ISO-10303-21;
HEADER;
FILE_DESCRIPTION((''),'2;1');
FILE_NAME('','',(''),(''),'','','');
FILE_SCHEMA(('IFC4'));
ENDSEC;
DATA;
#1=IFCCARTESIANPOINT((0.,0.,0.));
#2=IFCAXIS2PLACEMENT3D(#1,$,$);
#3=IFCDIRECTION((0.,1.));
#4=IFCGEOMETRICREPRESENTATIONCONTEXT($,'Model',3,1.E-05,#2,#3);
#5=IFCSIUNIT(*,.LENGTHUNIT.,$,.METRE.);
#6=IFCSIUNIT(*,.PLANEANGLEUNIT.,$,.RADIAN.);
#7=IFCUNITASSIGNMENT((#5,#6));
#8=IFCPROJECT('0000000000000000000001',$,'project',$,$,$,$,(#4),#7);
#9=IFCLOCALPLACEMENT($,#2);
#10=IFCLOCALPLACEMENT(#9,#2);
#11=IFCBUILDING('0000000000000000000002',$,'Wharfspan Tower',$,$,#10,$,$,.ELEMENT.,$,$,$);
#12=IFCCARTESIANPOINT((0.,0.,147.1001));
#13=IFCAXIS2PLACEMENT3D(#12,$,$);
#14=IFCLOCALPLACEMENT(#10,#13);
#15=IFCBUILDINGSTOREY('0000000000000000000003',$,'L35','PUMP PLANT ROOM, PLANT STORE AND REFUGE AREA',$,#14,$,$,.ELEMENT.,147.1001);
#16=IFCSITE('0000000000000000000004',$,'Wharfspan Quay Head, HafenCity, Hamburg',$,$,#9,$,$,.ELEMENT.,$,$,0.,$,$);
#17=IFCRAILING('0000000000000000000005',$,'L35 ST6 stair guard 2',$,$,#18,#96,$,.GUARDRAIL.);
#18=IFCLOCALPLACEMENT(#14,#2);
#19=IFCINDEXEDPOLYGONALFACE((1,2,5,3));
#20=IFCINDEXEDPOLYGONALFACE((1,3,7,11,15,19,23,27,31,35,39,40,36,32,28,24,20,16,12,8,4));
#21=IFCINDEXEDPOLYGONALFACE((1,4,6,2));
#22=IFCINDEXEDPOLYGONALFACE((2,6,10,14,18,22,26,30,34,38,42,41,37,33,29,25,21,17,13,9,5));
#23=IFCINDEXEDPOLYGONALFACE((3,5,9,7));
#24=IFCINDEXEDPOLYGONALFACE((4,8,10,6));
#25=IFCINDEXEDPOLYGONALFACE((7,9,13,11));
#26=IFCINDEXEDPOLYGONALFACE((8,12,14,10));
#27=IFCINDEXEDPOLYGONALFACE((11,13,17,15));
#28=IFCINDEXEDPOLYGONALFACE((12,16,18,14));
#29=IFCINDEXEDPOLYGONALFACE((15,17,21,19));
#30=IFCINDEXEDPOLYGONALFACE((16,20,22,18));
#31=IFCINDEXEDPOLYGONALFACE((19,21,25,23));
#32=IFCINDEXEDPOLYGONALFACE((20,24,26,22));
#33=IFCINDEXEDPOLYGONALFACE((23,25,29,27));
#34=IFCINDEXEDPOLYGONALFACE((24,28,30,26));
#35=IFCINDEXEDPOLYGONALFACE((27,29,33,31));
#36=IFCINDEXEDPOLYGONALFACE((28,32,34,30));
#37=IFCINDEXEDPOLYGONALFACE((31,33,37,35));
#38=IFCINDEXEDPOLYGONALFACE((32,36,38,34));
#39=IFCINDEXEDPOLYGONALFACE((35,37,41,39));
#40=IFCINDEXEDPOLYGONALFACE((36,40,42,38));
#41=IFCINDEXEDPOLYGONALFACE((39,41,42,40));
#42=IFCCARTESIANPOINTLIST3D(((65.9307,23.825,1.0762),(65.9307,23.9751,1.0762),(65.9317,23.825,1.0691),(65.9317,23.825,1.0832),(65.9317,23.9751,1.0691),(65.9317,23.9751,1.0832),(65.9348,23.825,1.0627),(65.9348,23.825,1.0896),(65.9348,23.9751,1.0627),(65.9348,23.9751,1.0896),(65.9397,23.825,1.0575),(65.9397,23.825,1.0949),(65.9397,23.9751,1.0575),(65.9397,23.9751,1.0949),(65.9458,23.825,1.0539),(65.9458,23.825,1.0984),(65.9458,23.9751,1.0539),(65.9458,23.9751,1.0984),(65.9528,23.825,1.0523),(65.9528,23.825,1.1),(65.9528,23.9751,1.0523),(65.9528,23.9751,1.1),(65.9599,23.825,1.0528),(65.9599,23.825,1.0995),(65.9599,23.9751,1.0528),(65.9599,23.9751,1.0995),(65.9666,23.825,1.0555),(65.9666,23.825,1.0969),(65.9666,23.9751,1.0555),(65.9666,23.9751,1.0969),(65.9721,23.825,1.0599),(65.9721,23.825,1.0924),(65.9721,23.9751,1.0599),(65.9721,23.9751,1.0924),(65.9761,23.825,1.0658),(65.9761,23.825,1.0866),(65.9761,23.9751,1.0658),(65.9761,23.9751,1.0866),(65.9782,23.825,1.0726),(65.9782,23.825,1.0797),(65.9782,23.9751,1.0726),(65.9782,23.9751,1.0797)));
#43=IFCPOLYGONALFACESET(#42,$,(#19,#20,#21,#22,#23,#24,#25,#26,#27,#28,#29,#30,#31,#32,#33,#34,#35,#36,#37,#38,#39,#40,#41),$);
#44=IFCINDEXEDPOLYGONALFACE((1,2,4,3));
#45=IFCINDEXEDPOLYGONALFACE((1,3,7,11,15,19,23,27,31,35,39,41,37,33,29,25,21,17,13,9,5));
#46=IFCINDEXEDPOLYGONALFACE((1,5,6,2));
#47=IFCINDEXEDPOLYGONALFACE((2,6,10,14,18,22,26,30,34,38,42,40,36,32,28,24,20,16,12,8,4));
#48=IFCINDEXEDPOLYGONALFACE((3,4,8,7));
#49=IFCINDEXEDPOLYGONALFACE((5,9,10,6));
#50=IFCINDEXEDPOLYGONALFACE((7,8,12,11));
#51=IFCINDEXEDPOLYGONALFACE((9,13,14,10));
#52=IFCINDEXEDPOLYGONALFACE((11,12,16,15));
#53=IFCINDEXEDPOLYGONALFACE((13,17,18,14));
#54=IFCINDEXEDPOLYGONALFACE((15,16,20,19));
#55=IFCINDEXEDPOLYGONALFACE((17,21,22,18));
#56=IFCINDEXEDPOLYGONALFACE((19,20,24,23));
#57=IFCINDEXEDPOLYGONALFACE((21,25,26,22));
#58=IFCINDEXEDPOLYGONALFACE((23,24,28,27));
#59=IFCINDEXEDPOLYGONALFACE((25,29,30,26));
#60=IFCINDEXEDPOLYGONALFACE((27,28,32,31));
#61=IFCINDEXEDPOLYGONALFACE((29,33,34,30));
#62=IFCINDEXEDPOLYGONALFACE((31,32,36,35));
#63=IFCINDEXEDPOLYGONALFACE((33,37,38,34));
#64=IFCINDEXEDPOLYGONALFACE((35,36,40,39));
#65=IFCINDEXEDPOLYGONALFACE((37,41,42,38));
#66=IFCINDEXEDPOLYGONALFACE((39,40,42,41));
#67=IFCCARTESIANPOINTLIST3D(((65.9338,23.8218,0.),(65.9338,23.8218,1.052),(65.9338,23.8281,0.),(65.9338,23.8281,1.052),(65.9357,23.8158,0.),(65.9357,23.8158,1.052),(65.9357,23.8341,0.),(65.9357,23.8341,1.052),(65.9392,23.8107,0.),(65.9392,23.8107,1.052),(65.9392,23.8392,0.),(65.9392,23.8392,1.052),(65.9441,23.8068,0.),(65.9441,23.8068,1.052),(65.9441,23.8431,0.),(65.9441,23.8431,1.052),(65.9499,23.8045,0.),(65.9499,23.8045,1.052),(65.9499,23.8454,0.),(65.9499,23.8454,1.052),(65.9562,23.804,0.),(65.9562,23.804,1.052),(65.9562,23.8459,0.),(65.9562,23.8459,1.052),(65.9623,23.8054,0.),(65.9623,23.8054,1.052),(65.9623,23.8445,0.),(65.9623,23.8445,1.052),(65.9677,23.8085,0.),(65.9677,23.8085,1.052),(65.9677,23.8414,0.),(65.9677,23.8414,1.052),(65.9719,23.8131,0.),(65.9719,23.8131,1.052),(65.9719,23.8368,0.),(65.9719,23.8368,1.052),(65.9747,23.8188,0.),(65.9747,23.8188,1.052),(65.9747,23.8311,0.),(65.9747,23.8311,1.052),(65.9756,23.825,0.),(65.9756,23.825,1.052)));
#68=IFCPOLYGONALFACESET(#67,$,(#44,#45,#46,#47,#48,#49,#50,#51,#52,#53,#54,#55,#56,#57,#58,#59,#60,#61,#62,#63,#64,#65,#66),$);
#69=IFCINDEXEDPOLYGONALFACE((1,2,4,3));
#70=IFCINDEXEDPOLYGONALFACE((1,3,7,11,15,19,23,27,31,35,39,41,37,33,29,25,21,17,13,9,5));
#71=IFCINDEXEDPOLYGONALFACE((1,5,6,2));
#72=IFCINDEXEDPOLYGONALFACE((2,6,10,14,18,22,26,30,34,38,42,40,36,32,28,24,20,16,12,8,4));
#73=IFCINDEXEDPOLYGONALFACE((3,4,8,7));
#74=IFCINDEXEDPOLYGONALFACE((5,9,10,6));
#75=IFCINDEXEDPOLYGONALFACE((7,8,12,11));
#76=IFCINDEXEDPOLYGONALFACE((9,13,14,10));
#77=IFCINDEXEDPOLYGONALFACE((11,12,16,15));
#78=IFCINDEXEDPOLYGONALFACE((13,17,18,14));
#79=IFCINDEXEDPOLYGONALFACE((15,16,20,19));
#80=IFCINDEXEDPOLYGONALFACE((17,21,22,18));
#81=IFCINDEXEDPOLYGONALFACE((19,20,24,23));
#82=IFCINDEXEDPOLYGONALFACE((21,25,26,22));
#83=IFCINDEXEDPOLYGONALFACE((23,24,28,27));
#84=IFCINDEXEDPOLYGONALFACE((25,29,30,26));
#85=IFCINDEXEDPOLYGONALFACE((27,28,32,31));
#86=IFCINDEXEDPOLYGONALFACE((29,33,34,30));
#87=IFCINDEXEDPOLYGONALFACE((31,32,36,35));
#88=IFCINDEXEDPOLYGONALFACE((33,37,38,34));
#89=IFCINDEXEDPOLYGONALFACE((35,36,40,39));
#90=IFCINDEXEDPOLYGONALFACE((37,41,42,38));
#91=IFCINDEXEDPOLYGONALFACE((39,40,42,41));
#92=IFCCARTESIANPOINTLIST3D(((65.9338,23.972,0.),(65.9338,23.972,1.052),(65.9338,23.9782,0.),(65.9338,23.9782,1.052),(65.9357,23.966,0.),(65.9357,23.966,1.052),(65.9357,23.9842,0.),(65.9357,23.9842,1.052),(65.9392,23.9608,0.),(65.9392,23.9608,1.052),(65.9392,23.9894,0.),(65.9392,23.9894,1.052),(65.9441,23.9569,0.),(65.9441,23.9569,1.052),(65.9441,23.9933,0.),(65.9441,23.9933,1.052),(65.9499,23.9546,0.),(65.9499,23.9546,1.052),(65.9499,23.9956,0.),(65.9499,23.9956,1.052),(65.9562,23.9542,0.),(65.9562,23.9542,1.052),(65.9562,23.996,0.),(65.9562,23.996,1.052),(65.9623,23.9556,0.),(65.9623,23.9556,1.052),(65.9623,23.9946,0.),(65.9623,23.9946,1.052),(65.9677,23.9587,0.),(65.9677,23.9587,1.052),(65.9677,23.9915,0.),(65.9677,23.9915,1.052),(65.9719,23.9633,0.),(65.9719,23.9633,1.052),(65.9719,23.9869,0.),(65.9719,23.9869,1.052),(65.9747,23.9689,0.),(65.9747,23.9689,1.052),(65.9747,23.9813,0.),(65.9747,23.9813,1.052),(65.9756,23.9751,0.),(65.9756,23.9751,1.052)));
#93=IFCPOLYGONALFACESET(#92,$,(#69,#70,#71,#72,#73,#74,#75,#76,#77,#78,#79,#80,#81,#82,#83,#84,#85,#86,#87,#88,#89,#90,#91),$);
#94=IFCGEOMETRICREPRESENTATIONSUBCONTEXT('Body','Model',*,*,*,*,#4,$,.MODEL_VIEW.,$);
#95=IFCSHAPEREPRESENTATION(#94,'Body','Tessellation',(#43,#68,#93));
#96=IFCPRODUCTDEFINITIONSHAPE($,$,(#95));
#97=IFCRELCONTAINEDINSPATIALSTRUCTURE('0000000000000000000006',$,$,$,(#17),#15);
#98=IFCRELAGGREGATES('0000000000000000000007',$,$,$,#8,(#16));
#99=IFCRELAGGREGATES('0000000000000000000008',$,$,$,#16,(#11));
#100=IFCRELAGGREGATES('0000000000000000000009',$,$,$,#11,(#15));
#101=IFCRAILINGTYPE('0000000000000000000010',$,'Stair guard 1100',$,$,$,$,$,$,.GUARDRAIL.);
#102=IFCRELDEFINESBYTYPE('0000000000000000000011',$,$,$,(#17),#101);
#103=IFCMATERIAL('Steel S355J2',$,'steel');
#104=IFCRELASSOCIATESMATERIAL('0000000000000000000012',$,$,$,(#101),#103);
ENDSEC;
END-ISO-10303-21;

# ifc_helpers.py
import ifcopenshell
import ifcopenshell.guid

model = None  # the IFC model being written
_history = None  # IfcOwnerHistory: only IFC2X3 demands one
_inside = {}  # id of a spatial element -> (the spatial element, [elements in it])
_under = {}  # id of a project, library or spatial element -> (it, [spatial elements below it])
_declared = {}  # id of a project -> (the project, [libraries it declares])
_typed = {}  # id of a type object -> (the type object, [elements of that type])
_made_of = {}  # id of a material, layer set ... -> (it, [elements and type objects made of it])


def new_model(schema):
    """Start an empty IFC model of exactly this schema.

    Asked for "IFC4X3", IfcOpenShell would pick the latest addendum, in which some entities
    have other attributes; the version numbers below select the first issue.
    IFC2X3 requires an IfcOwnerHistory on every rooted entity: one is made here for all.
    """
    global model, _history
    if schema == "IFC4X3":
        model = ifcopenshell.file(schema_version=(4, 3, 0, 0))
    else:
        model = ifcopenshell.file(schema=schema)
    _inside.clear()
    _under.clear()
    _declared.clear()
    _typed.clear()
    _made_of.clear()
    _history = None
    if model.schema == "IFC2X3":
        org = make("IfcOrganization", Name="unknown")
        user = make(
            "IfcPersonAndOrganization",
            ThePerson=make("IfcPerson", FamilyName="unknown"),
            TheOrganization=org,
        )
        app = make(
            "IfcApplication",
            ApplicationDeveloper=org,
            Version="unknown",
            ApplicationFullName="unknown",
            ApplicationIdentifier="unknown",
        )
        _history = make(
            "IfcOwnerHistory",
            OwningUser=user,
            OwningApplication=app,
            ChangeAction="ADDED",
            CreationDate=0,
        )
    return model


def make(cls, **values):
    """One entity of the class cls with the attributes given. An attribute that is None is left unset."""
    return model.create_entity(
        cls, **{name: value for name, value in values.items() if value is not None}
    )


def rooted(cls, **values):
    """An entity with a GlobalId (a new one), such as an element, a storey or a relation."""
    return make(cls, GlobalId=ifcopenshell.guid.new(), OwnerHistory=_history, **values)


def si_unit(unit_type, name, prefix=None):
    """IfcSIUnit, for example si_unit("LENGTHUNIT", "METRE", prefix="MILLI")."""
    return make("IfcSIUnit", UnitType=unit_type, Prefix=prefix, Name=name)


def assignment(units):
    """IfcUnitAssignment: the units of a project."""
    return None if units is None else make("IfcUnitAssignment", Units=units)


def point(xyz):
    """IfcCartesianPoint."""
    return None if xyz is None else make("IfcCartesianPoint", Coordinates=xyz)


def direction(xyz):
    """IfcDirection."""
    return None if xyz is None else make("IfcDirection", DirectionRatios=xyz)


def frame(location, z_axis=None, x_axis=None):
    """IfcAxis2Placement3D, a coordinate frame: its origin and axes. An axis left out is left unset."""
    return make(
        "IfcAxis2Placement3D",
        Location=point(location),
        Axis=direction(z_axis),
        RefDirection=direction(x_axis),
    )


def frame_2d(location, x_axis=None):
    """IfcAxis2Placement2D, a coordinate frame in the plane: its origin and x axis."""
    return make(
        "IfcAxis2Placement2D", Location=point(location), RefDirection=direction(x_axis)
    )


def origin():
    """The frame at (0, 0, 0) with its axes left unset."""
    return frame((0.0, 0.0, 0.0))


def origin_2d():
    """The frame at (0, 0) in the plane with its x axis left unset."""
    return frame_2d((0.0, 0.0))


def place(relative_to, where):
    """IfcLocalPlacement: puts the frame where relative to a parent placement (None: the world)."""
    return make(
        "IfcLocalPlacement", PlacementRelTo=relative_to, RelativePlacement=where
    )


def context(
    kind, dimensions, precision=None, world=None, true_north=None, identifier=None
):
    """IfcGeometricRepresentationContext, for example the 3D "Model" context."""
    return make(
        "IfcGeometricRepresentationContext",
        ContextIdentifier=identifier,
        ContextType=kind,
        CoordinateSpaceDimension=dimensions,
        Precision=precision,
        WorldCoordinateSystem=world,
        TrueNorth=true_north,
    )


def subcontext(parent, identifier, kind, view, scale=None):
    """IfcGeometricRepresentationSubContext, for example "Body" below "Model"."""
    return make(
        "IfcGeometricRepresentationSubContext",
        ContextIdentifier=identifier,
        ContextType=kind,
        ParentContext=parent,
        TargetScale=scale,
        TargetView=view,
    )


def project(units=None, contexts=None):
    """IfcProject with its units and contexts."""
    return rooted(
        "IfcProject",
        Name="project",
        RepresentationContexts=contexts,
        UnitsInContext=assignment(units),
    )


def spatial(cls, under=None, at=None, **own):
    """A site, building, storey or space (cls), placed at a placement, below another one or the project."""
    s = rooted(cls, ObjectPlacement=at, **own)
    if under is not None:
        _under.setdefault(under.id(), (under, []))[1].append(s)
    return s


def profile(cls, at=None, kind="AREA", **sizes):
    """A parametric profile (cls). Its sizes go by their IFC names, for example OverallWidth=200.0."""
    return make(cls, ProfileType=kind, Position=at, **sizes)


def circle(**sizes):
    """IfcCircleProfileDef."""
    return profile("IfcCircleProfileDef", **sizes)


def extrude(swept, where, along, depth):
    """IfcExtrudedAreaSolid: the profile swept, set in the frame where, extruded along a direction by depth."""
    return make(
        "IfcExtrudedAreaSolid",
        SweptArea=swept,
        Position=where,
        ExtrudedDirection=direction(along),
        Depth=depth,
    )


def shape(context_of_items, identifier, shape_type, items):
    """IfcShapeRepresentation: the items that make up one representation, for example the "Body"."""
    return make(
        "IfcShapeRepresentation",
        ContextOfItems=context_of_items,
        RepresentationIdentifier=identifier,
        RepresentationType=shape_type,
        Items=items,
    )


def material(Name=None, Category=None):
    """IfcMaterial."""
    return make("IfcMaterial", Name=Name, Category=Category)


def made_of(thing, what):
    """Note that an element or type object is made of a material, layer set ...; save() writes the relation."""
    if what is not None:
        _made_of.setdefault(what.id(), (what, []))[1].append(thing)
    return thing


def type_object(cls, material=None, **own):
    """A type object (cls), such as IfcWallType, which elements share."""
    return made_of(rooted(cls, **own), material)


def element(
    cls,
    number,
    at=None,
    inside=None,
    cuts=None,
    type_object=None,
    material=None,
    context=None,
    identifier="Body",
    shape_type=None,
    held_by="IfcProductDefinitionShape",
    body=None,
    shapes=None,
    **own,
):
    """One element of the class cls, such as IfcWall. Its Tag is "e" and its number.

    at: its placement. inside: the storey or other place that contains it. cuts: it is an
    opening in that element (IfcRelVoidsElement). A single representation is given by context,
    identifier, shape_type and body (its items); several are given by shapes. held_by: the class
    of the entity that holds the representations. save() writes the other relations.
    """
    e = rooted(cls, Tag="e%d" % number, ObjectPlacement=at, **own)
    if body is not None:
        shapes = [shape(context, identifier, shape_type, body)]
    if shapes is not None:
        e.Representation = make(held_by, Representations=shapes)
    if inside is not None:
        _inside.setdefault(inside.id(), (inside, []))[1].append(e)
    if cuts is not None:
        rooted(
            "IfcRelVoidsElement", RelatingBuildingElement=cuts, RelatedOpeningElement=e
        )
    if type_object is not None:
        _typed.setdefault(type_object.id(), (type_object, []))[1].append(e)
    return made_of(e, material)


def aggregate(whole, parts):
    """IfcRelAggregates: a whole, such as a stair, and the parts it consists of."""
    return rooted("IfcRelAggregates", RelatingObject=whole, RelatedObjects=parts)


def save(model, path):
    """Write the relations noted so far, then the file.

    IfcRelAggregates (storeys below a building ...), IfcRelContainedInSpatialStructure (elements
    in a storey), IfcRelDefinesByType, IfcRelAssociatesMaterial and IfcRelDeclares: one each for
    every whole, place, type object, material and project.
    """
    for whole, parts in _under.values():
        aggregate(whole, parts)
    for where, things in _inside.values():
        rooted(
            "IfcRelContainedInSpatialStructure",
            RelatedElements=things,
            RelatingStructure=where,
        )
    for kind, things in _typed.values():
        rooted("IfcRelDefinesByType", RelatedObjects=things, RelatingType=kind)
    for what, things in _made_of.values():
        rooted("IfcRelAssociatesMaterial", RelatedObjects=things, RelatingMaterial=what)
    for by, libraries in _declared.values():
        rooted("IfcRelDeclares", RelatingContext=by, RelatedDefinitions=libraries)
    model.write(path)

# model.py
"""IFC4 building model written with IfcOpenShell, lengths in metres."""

from ifc_helpers import new_model, si_unit, direction, frame, origin, origin_2d, place, context, subcontext, project, spatial, circle, extrude, material, type_object, element, save


model = new_model("IFC4")

# Units and contexts
model_context = context("Model", 3, precision=1e-05, world=origin(), true_north=direction((0.0, 1.0)))
body_context = subcontext(model_context, "Body", "Model", "MODEL_VIEW")
ifc_project = project(units=[si_unit("LENGTHUNIT", "METRE"), si_unit("PLANEANGLEUNIT", "RADIAN")], contexts=[model_context])

# Site, building, storey
site_placement = place(None, origin())
site = spatial("IfcSite", under=ifc_project, at=site_placement, Name="Wharfspan Quay Head, HafenCity, Hamburg", CompositionType="ELEMENT", RefElevation=0.0)
building_placement = place(site_placement, origin())
building = spatial("IfcBuilding", under=site, at=building_placement, Name="Wharfspan Tower", CompositionType="ELEMENT")
storey_placement = place(building_placement, frame((0.0, 0.0, 147.1001)))
storey = spatial("IfcBuildingStorey", under=building, at=storey_placement, Name="L35", Description="PUMP PLANT ROOM, PLANT STORE AND REFUGE AREA", CompositionType="ELEMENT", Elevation=147.1001)

# Railing
ifc_material_1 = material(Name="Steel S355J2", Category="steel")
railing_type_1 = type_object("IfcRailingType", Name="Stair guard 1100", PredefinedType="GUARDRAIL", material=ifc_material_1)
railing_1_placement = place(storey_placement, frame((65.9546, 23.825, 0.0)))
element("IfcRailing", 1, at=railing_1_placement, inside=storey, type_object=railing_type_1, Name="L35 ST6 stair guard 2", PredefinedType="GUARDRAIL", context=body_context, shape_type="SweptSolid", body=[
    extrude(circle(Radius=0.0239, at=origin_2d()), frame((0.0, 0.0, 1.0762), z_axis=(0.0, 1.0, 0.0), x_axis=(-1.0, 0.0, 0.0)), (0.0, 0.0, 1.0), 0.1501),
    extrude(circle(Radius=0.021, at=origin_2d()), origin(), (0.0, 0.0, 1.0), 1.052),
    extrude(circle(Radius=0.021, at=origin_2d()), frame((0.0, 0.1501, 0.0)), (0.0, 0.0, 1.0), 1.052),
])

save(model, "model.ifc")
